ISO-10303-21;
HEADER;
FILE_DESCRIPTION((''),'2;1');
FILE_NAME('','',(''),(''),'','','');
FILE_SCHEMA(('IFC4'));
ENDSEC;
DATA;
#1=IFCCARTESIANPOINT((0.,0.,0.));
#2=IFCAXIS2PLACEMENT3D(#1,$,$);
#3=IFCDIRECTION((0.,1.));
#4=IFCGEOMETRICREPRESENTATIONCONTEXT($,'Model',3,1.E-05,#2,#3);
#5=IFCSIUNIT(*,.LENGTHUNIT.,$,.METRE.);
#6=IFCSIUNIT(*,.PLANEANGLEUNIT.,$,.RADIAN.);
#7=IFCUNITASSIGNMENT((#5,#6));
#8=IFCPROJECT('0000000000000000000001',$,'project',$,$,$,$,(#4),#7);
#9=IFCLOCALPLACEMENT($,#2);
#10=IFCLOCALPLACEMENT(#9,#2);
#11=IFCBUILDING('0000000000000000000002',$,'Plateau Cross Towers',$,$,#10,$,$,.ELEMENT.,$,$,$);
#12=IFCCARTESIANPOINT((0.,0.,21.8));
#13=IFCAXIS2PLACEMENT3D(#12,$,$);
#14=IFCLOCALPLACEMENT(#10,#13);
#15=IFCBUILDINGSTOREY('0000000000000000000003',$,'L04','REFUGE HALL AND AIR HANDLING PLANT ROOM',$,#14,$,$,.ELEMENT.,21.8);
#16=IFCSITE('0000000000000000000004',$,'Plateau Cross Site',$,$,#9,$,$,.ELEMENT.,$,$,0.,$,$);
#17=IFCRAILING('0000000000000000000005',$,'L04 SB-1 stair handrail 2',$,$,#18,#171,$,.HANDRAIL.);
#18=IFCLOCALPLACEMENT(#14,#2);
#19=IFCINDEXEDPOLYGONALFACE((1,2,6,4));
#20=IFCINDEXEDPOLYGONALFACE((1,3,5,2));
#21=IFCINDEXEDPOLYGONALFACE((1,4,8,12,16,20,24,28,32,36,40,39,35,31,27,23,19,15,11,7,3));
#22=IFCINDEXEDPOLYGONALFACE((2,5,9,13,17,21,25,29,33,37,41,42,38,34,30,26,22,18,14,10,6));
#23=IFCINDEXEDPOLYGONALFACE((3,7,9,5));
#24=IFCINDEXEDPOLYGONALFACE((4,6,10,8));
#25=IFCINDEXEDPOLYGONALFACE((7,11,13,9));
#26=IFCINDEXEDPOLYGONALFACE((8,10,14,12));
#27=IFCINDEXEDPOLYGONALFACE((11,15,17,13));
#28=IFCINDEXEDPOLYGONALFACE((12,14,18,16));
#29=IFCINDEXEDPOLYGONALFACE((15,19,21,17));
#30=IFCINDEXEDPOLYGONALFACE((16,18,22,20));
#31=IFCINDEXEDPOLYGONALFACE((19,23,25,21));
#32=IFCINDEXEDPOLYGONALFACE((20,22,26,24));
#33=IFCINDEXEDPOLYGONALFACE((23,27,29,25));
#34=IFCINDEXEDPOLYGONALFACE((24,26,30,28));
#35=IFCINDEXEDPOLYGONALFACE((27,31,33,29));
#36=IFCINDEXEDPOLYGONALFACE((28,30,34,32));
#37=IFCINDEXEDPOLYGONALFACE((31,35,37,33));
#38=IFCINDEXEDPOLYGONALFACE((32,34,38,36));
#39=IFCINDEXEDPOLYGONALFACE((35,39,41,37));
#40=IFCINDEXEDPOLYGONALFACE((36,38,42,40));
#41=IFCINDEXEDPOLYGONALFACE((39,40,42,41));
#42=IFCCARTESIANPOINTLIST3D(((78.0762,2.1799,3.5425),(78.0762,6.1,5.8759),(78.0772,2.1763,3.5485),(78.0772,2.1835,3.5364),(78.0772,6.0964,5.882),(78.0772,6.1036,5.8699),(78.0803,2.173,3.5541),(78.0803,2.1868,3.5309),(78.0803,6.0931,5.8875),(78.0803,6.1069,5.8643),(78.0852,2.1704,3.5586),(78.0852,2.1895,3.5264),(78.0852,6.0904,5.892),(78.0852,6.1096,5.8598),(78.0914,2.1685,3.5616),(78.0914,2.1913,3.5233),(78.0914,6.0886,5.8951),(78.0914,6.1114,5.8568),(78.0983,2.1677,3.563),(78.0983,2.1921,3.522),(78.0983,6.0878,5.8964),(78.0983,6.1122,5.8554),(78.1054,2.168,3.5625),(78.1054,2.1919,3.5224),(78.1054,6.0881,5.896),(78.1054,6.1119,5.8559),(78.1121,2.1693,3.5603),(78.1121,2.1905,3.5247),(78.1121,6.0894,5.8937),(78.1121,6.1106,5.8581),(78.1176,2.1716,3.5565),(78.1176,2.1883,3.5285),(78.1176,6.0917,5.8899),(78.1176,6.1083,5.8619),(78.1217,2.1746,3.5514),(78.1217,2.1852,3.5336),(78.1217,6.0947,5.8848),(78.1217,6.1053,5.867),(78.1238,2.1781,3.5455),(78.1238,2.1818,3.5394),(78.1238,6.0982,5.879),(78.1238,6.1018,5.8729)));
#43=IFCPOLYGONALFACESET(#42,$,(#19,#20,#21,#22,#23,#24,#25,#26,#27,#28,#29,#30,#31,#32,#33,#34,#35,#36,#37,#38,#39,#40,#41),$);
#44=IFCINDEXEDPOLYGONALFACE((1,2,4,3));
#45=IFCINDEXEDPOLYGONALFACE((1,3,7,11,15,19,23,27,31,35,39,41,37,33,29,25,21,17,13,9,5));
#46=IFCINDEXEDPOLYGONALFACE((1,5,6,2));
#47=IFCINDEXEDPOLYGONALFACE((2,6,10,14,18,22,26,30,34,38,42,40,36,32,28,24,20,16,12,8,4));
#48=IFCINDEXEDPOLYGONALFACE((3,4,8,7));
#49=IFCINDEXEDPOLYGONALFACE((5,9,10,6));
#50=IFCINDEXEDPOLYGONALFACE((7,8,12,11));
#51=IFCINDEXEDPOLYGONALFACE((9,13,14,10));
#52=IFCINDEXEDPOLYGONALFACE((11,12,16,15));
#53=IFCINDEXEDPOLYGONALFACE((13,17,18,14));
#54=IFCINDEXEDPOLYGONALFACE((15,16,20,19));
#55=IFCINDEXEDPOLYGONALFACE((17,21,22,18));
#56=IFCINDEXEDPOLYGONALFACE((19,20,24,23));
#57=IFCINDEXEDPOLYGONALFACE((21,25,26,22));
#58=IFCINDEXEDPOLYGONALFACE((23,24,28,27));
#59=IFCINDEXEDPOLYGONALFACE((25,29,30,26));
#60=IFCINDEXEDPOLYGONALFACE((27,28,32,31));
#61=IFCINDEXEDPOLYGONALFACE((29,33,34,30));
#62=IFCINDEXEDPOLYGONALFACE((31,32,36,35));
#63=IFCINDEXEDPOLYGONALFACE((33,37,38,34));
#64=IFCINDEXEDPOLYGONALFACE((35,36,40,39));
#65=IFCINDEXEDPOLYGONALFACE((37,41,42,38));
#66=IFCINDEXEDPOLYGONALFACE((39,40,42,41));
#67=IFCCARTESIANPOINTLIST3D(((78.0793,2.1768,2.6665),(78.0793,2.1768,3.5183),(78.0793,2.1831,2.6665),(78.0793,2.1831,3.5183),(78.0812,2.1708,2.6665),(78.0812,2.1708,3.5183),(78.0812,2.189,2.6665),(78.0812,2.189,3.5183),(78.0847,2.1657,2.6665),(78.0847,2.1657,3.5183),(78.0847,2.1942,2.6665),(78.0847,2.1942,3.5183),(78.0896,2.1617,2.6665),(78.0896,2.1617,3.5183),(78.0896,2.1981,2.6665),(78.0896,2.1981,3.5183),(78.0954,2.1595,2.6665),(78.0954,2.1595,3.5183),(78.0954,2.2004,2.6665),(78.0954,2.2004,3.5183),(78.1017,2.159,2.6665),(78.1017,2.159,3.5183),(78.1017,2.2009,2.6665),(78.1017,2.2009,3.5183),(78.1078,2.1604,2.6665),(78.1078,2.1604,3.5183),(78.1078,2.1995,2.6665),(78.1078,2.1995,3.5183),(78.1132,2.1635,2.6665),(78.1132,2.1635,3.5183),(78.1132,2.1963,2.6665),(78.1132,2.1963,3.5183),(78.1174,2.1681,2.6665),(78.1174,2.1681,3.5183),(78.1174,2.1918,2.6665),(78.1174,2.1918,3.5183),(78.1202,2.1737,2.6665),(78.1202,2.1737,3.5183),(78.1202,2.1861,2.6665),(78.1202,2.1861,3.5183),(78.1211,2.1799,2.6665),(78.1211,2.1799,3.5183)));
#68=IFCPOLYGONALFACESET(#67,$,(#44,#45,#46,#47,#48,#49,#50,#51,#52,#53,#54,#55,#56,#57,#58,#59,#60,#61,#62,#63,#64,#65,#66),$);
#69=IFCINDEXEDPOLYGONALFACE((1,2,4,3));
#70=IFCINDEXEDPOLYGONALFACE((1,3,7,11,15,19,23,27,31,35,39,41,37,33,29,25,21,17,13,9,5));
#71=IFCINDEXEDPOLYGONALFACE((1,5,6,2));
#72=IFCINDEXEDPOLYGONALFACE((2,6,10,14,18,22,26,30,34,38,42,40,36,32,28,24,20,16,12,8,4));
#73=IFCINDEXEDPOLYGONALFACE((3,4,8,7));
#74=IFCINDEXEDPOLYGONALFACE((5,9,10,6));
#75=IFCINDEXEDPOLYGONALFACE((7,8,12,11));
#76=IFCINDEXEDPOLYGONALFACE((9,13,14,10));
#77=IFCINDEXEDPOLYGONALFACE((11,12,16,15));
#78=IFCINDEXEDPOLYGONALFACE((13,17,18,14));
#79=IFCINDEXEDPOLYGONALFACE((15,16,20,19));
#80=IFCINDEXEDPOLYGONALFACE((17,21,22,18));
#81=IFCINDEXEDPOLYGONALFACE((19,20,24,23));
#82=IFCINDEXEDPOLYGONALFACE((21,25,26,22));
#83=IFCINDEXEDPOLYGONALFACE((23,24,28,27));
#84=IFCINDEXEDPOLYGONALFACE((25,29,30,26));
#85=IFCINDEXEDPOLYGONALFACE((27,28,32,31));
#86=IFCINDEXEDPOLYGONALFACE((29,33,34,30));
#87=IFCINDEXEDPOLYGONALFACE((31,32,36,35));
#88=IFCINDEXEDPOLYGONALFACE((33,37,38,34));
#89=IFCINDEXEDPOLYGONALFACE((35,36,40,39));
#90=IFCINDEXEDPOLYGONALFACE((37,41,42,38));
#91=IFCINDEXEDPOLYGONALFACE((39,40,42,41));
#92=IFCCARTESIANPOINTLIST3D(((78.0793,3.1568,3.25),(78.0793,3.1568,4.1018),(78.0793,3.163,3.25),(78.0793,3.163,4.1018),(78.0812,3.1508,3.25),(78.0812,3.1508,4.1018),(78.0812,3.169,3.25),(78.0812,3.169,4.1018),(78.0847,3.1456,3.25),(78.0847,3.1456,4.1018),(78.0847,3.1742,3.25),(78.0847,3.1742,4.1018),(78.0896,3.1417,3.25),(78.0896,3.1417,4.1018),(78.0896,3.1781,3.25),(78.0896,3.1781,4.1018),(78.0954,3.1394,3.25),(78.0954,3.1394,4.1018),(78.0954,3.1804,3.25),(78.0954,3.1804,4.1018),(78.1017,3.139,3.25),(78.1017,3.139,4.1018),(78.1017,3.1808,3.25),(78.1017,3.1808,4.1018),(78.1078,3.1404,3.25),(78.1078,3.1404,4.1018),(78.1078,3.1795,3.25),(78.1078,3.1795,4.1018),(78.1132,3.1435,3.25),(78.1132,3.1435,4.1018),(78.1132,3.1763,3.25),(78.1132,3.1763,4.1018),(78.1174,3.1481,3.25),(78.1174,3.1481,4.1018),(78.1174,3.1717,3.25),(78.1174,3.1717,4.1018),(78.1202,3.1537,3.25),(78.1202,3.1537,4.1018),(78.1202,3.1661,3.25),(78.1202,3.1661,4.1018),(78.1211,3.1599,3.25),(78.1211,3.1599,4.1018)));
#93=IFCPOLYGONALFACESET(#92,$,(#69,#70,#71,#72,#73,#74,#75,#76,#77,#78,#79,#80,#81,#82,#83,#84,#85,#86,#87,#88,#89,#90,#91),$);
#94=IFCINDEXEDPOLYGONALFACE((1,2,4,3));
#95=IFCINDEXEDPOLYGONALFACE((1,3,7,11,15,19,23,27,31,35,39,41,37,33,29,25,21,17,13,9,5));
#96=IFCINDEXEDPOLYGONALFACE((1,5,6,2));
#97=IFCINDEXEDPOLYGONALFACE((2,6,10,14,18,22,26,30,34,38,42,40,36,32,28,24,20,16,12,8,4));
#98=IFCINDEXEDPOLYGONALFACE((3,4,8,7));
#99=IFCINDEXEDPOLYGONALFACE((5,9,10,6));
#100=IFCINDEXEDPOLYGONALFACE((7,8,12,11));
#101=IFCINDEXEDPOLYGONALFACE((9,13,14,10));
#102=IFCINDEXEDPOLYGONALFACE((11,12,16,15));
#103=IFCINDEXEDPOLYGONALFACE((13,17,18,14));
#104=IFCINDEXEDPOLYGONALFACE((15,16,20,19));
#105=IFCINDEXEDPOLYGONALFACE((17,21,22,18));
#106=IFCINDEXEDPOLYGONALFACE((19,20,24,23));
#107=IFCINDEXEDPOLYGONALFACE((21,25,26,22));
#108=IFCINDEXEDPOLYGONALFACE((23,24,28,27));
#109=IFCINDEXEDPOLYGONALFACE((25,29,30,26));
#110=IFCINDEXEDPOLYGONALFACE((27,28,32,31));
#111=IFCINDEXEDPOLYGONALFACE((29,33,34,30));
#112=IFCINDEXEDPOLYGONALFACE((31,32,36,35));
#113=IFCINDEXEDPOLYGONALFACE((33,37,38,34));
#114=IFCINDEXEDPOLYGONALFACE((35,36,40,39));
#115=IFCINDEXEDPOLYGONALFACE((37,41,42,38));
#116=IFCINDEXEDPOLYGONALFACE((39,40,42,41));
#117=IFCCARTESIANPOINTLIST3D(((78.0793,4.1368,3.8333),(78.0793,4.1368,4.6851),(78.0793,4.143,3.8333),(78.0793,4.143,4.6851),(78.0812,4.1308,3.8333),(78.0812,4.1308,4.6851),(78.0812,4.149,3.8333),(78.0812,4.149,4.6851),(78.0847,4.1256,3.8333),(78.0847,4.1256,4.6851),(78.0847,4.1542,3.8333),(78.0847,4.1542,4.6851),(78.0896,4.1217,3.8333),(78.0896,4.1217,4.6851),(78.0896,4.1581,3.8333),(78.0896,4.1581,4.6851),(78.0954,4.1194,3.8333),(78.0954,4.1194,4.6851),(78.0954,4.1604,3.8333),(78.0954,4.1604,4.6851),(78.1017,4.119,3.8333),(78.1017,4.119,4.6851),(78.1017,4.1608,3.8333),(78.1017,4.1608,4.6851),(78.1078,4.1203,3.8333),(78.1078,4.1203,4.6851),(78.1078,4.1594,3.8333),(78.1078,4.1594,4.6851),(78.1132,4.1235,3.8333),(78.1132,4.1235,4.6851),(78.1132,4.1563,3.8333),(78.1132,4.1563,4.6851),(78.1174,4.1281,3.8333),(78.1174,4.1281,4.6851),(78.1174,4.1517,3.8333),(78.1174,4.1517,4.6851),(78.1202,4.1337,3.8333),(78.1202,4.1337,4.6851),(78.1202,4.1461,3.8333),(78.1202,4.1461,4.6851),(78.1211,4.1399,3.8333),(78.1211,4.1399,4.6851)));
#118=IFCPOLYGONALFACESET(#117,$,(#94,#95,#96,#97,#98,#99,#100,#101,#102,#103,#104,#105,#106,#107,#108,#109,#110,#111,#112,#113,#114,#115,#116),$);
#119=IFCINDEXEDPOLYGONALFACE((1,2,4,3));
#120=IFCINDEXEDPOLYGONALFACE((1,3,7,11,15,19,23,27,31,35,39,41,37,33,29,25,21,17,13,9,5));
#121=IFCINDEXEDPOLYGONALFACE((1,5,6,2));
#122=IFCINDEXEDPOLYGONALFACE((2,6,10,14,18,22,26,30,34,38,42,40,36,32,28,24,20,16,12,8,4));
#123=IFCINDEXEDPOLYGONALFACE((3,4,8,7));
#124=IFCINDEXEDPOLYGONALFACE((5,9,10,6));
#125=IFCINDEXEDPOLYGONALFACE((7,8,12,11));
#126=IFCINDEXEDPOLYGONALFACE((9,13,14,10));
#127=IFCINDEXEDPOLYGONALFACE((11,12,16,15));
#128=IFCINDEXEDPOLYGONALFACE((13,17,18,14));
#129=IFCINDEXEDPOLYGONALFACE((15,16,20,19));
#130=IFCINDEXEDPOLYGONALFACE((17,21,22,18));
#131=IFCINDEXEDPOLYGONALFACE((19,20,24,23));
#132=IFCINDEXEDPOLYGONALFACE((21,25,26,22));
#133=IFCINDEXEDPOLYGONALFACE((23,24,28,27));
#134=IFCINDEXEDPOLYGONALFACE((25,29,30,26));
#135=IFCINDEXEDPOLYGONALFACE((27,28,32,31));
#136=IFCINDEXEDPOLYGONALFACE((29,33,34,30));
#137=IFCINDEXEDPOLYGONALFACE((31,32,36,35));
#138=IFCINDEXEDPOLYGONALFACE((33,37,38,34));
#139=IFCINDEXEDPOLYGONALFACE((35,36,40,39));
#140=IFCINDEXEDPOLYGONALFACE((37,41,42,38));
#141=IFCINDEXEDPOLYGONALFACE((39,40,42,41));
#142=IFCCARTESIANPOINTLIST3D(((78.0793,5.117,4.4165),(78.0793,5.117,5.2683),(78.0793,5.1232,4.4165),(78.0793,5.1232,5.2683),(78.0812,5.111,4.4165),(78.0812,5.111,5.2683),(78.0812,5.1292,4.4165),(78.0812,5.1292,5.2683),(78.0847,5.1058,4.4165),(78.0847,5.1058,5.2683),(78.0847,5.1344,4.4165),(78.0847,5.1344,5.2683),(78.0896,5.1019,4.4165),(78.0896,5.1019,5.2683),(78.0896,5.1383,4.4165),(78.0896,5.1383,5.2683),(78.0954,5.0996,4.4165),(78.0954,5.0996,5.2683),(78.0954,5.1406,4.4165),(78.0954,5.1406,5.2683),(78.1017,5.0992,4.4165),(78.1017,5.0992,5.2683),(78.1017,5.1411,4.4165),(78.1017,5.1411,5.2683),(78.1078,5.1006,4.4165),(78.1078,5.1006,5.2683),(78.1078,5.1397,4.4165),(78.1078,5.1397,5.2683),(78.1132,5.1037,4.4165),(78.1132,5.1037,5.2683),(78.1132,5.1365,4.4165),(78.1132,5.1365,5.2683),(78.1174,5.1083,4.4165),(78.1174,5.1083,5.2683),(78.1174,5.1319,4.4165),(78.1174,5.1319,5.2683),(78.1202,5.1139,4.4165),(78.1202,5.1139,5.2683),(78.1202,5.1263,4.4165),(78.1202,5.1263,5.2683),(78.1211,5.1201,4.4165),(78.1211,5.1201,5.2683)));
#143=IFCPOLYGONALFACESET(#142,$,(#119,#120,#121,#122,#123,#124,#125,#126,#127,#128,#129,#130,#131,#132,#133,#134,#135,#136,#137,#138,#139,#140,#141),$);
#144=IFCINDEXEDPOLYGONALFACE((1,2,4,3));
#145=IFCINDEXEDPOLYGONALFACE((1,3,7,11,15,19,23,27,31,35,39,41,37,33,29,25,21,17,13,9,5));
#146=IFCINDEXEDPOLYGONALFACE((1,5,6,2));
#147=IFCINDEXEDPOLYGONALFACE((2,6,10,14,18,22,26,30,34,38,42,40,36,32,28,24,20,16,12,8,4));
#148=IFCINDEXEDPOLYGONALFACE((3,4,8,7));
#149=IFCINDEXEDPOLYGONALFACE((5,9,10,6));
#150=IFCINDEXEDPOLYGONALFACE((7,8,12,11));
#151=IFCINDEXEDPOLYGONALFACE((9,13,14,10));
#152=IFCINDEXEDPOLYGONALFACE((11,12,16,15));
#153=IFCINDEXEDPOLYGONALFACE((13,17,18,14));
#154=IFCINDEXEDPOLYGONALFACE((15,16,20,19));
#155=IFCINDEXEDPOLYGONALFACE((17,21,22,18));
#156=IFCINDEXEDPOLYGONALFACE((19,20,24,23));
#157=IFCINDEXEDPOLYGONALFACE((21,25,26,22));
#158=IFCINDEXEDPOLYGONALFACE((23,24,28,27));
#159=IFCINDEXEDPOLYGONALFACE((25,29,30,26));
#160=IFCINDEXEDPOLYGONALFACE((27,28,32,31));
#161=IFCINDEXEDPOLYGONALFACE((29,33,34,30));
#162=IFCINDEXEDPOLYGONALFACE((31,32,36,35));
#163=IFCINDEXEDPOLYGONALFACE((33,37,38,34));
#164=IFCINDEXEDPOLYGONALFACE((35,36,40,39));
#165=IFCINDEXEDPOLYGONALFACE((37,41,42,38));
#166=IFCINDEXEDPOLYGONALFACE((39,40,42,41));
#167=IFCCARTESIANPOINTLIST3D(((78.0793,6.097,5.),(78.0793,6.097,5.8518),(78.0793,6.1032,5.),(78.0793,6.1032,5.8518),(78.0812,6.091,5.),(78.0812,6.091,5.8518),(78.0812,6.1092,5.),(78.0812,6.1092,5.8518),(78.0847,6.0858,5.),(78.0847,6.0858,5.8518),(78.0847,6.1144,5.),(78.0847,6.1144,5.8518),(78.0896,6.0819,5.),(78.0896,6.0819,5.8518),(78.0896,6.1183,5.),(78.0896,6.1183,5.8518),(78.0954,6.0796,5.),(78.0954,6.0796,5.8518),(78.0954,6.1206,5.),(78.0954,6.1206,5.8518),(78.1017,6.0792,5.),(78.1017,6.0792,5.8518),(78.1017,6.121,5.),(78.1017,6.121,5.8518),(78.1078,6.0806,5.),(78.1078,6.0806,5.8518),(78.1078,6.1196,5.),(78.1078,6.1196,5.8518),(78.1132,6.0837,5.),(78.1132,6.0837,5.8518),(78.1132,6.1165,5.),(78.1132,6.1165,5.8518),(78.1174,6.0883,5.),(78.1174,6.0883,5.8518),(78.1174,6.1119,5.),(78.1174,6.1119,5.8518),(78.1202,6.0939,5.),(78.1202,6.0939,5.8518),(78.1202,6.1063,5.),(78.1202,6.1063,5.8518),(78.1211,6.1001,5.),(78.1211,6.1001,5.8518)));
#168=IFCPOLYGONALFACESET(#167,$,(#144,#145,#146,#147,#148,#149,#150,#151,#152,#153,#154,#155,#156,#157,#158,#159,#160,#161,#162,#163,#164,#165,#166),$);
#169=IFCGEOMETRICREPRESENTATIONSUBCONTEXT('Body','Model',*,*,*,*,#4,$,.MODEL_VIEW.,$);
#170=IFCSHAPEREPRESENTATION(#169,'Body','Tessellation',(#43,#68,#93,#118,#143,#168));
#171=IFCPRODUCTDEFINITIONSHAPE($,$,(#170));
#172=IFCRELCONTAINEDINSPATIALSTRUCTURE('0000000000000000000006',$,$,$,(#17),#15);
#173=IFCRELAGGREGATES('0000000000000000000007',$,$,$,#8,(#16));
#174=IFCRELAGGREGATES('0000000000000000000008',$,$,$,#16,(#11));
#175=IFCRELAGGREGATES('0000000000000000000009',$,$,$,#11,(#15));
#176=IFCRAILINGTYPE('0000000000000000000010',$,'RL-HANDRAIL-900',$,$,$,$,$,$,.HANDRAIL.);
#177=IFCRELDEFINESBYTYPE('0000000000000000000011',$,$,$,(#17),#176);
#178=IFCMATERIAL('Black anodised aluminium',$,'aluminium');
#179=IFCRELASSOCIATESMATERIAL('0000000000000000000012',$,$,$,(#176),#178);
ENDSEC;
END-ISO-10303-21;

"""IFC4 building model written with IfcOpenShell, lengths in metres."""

from ifc_helpers import new_model, si_unit, direction, frame, origin, origin_2d, place, context, subcontext, project, spatial, circle, extrude, material, type_object, element, save


model = new_model("IFC4")

# Units and contexts
model_context = context("Model", 3, precision=1e-05, world=origin(), true_north=direction((0.0, 1.0)))
body_context = subcontext(model_context, "Body", "Model", "MODEL_VIEW")
ifc_project = project(units=[si_unit("LENGTHUNIT", "METRE"), si_unit("PLANEANGLEUNIT", "RADIAN")], contexts=[model_context])

# Site, building, storey
site_placement = place(None, origin())
site = spatial("IfcSite", under=ifc_project, at=site_placement, Name="Plateau Cross Site", CompositionType="ELEMENT", RefElevation=0.0)
building_placement = place(site_placement, origin())
building = spatial("IfcBuilding", under=site, at=building_placement, Name="Plateau Cross Towers", CompositionType="ELEMENT")
storey_placement = place(building_placement, frame((0.0, 0.0, 21.8)))
storey = spatial("IfcBuildingStorey", under=building, at=storey_placement, Name="L04", Description="REFUGE HALL AND AIR HANDLING PLANT ROOM", CompositionType="ELEMENT", Elevation=21.8)

# Shared definitions
ifc_material_1 = material(Name="Black anodised aluminium", Category="aluminium")

# Railing
railing_type_1 = type_object("IfcRailingType", Name="RL-HANDRAIL-900", PredefinedType="HANDRAIL", material=ifc_material_1)
railing_1_placement = place(storey_placement, frame((78.1001, 2.1799, 2.6665)))
element("IfcRailing", 1, at=railing_1_placement, inside=storey, type_object=railing_type_1, Name="L04 SB-1 stair handrail 2", PredefinedType="HANDRAIL", context=body_context, shape_type="SweptSolid", body=[
    extrude(circle(Radius=0.0239, at=origin_2d()), frame((0.0, 0.0, 0.876), z_axis=(0.0, 0.859287, 0.511494), x_axis=(-1.0, 0.0, 0.0)), (0.0, 0.0, 1.0), 4.562),
    extrude(circle(Radius=0.021, at=origin_2d()), origin(), (0.0, 0.0, 1.0), 0.8518),
    extrude(circle(Radius=0.021, at=origin_2d()), frame((0.0, 0.98, 0.5835)), (0.0, 0.0, 1.0), 0.8518),
    extrude(circle(Radius=0.021, at=origin_2d()), frame((0.0, 1.96, 1.1667)), (0.0, 0.0, 1.0), 0.8518),
    extrude(circle(Radius=0.021, at=origin_2d()), frame((0.0, 2.9402, 1.75)), (0.0, 0.0, 1.0), 0.8518),
    extrude(circle(Radius=0.021, at=origin_2d()), frame((0.0, 3.9202, 2.3335)), (0.0, 0.0, 1.0), 0.8518),
])

save(model, "model.ifc")
